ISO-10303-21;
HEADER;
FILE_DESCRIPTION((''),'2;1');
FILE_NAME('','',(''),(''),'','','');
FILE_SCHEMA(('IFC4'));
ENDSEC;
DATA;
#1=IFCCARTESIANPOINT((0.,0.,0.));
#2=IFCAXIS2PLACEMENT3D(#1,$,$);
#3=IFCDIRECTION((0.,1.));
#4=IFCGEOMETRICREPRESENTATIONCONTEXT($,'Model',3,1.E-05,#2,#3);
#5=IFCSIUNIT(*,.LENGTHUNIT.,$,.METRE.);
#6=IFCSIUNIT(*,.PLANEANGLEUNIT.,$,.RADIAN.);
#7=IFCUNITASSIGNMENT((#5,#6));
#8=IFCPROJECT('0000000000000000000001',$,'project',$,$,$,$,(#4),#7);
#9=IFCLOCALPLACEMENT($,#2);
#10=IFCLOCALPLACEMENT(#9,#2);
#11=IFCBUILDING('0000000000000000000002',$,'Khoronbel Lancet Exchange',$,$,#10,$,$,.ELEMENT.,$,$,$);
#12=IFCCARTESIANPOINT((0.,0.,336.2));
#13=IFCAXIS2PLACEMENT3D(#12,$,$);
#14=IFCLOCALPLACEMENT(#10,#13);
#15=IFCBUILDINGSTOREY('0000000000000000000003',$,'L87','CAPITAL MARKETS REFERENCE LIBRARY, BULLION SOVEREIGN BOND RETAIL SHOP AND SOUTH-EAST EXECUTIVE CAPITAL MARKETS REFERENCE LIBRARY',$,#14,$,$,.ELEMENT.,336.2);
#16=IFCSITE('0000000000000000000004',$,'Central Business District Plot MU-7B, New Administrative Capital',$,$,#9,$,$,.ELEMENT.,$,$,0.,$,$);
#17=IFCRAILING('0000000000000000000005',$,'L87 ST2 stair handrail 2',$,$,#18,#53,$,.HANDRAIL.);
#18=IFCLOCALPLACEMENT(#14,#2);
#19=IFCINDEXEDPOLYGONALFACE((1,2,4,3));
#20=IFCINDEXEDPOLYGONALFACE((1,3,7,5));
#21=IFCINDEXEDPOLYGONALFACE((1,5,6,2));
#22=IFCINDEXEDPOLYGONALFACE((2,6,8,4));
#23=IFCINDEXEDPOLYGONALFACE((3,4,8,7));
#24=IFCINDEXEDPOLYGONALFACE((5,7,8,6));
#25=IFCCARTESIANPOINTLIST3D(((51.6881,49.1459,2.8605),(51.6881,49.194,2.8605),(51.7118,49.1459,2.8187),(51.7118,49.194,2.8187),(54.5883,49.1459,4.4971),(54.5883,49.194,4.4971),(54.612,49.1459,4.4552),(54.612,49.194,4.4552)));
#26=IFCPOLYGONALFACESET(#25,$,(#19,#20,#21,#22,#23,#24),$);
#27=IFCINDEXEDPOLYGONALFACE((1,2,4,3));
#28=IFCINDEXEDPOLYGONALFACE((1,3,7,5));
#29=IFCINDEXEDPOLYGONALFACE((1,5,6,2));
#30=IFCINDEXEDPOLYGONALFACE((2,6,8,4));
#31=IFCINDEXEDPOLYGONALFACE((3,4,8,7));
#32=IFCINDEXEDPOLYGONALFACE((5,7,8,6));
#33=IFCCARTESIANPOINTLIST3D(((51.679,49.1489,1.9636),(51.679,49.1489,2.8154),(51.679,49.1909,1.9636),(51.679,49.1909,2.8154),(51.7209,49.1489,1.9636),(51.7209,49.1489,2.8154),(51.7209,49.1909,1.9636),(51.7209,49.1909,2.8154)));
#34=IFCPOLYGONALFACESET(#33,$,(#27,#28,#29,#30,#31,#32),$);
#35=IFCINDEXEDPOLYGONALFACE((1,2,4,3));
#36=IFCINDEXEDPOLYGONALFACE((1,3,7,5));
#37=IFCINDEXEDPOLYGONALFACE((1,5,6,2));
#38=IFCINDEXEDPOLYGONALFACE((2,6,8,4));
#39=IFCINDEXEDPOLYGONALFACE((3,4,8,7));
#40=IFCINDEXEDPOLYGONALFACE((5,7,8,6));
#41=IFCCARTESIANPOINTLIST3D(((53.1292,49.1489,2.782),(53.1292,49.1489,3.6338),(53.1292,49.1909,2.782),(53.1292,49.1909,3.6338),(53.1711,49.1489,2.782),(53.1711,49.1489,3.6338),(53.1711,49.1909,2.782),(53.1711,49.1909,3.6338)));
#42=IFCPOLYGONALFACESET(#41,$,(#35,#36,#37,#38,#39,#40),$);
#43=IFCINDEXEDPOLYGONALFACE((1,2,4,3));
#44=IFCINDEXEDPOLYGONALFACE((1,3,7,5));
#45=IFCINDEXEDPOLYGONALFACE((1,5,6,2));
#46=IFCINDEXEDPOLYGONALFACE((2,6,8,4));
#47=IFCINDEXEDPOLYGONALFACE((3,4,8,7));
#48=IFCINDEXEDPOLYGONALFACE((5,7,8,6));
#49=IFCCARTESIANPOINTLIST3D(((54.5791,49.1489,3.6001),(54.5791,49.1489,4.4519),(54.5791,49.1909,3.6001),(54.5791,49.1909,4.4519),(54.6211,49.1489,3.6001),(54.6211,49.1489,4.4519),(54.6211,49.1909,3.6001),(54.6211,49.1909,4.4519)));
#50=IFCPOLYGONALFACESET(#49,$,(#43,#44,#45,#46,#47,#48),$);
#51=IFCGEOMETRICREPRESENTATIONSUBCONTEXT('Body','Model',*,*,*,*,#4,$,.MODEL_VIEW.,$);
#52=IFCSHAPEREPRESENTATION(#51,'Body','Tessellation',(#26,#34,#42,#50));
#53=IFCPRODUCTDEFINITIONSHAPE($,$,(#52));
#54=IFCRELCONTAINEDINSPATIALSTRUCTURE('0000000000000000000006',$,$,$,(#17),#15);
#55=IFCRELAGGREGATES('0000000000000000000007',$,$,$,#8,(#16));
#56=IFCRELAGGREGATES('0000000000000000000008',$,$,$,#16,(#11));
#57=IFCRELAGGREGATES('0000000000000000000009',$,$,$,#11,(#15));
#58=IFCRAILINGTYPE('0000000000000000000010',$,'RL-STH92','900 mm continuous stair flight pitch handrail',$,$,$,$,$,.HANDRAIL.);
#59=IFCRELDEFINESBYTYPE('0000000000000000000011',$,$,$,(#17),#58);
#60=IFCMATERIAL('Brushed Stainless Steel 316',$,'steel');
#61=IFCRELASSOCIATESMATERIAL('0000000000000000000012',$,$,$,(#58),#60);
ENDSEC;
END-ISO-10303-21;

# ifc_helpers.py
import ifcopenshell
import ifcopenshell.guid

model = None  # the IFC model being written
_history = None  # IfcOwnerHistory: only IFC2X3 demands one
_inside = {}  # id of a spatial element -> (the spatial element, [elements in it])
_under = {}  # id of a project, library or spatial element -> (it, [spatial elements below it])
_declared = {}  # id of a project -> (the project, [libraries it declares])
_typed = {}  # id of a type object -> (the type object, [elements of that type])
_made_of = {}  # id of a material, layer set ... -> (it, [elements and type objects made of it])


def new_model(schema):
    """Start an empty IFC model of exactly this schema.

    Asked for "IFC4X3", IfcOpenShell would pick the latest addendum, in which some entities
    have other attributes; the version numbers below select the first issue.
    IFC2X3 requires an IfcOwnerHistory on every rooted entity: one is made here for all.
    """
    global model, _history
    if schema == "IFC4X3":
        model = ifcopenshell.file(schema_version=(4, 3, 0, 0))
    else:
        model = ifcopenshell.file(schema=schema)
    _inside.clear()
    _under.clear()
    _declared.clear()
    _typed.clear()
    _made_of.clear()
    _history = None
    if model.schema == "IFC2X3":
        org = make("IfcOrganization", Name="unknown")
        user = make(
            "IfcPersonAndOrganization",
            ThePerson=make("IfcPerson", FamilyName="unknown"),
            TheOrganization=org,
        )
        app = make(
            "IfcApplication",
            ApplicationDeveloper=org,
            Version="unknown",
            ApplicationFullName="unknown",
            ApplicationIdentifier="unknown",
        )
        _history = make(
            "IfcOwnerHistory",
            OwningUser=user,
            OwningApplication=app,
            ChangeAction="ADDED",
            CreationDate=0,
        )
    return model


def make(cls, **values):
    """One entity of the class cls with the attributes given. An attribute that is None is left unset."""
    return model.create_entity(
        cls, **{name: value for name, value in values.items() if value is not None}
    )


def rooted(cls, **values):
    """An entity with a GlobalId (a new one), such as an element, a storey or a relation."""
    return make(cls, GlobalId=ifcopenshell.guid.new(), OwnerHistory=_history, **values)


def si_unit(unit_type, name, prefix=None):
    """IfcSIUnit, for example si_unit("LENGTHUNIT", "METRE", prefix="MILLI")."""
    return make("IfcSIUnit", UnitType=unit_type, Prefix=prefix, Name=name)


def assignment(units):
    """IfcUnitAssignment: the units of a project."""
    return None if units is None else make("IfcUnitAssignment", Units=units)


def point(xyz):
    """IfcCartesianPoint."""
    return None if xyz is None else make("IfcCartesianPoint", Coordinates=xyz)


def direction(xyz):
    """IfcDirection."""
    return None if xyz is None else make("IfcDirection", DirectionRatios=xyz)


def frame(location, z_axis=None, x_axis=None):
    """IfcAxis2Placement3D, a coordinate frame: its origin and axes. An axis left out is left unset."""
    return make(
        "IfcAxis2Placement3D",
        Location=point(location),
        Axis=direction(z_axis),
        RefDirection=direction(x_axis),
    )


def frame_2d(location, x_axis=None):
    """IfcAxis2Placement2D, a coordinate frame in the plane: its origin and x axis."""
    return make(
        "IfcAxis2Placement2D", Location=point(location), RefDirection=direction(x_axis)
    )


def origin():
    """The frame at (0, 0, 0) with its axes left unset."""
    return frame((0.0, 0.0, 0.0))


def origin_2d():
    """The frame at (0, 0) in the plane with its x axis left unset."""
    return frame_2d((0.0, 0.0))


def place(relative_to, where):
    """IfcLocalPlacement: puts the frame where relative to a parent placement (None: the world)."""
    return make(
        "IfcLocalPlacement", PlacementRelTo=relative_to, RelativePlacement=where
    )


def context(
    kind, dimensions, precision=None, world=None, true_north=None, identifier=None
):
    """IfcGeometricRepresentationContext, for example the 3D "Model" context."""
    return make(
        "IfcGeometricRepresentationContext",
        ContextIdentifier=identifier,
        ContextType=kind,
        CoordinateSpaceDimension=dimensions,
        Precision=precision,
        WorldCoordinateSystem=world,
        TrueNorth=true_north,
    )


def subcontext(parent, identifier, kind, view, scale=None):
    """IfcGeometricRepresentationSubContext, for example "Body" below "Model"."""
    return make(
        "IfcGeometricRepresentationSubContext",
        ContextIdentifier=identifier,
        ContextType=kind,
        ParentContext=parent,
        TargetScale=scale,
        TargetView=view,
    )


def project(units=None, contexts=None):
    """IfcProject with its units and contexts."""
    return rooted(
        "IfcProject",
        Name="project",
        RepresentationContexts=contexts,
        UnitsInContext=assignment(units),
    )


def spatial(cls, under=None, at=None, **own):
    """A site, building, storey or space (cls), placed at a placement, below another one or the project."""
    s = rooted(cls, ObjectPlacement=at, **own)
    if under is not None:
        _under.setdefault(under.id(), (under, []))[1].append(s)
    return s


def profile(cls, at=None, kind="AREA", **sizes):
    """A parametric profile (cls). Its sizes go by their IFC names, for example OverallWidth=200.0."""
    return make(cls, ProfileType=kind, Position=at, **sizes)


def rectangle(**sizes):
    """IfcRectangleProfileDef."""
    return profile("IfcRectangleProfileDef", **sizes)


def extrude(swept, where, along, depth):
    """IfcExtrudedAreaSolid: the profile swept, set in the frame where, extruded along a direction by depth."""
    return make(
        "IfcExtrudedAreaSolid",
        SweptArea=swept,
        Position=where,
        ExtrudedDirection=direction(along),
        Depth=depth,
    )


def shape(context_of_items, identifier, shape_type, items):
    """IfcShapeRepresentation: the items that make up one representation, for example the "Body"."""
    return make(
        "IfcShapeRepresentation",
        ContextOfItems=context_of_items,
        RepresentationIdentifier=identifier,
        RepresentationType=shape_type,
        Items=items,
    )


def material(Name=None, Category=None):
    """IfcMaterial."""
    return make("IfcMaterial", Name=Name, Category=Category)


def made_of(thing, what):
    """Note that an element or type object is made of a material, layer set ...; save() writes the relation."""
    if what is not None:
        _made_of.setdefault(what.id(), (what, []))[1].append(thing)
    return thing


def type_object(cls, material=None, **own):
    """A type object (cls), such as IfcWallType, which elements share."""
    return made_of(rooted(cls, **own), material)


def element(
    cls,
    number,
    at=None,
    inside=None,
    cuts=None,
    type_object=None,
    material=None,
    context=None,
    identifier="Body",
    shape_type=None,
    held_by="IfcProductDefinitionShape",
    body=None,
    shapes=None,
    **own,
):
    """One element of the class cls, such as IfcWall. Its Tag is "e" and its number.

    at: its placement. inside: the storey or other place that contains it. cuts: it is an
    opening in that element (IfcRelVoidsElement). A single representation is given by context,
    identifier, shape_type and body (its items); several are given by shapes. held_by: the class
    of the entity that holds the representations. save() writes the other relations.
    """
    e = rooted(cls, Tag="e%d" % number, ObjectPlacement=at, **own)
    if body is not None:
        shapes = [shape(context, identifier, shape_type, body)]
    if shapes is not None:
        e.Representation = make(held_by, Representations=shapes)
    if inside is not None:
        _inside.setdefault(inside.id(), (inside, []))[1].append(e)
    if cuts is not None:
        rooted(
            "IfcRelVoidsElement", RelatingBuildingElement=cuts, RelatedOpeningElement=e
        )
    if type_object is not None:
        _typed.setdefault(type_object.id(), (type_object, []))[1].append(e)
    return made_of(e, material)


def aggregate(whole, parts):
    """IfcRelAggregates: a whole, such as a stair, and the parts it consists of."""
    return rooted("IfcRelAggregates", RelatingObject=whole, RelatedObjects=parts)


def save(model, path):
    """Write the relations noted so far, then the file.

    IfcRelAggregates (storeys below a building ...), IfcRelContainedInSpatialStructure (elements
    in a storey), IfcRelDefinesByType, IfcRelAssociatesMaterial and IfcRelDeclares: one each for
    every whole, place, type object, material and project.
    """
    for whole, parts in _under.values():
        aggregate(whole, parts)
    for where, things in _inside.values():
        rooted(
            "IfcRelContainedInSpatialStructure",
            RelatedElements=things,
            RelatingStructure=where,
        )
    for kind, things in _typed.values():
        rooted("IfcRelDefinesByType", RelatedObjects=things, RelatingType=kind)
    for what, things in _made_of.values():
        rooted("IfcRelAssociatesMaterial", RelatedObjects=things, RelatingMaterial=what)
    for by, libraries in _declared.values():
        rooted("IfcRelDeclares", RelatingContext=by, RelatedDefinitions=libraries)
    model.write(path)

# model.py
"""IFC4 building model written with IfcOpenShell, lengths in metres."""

from ifc_helpers import new_model, si_unit, direction, frame, origin, origin_2d, place, context, subcontext, project, spatial, rectangle, extrude, material, type_object, element, save


model = new_model("IFC4")

# Units and contexts
model_context = context("Model", 3, precision=1e-05, world=origin(), true_north=direction((0.0, 1.0)))
body_context = subcontext(model_context, "Body", "Model", "MODEL_VIEW")
ifc_project = project(units=[si_unit("LENGTHUNIT", "METRE"), si_unit("PLANEANGLEUNIT", "RADIAN")], contexts=[model_context])

# Site, building, storey
site_placement = place(None, origin())
site = spatial("IfcSite", under=ifc_project, at=site_placement, Name="Central Business District Plot MU-7B, New Administrative Capital", CompositionType="ELEMENT", RefElevation=0.0)
building_placement = place(site_placement, origin())
building = spatial("IfcBuilding", under=site, at=building_placement, Name="Khoronbel Lancet Exchange", CompositionType="ELEMENT")
storey_placement = place(building_placement, frame((0.0, 0.0, 336.2)))
storey = spatial("IfcBuildingStorey", under=building, at=storey_placement, Name="L87", Description="CAPITAL MARKETS REFERENCE LIBRARY, BULLION SOVEREIGN BOND RETAIL SHOP AND SOUTH-EAST EXECUTIVE CAPITAL MARKETS REFERENCE LIBRARY", CompositionType="ELEMENT", Elevation=336.2)

# Railing
ifc_material_1 = material(Name="Brushed Stainless Steel 316", Category="steel")
railing_type_1 = type_object("IfcRailingType", Name="RL-STH92", Description="900 mm continuous stair flight pitch handrail", PredefinedType="HANDRAIL", material=ifc_material_1)
railing_1_placement = place(storey_placement, frame((51.7, 49.1699, 1.9636)))
element("IfcRailing", 1, at=railing_1_placement, inside=storey, type_object=railing_type_1, Name="L87 ST2 stair handrail 2", PredefinedType="HANDRAIL", context=body_context, shape_type="SweptSolid", body=[
    extrude(rectangle(XDim=0.0481, YDim=0.0481, at=origin_2d()), frame((0.0, 0.0, 0.876), z_axis=(0.870915, 0.0, 0.491434), x_axis=(0.0, 1.0, 0.0)), (0.0, 0.0, 1.0), 3.3301),
    extrude(rectangle(XDim=0.042, YDim=0.042, at=origin_2d()), origin(), (0.0, 0.0, 1.0), 0.8518),
    extrude(rectangle(XDim=0.042, YDim=0.042, at=origin_2d()), frame((1.4502, 0.0, 0.8184)), (0.0, 0.0, 1.0), 0.8518),
    extrude(rectangle(XDim=0.042, YDim=0.042, at=origin_2d()), frame((2.9001, 0.0, 1.6365)), (0.0, 0.0, 1.0), 0.8518),
])

save(model, "model.ifc")
